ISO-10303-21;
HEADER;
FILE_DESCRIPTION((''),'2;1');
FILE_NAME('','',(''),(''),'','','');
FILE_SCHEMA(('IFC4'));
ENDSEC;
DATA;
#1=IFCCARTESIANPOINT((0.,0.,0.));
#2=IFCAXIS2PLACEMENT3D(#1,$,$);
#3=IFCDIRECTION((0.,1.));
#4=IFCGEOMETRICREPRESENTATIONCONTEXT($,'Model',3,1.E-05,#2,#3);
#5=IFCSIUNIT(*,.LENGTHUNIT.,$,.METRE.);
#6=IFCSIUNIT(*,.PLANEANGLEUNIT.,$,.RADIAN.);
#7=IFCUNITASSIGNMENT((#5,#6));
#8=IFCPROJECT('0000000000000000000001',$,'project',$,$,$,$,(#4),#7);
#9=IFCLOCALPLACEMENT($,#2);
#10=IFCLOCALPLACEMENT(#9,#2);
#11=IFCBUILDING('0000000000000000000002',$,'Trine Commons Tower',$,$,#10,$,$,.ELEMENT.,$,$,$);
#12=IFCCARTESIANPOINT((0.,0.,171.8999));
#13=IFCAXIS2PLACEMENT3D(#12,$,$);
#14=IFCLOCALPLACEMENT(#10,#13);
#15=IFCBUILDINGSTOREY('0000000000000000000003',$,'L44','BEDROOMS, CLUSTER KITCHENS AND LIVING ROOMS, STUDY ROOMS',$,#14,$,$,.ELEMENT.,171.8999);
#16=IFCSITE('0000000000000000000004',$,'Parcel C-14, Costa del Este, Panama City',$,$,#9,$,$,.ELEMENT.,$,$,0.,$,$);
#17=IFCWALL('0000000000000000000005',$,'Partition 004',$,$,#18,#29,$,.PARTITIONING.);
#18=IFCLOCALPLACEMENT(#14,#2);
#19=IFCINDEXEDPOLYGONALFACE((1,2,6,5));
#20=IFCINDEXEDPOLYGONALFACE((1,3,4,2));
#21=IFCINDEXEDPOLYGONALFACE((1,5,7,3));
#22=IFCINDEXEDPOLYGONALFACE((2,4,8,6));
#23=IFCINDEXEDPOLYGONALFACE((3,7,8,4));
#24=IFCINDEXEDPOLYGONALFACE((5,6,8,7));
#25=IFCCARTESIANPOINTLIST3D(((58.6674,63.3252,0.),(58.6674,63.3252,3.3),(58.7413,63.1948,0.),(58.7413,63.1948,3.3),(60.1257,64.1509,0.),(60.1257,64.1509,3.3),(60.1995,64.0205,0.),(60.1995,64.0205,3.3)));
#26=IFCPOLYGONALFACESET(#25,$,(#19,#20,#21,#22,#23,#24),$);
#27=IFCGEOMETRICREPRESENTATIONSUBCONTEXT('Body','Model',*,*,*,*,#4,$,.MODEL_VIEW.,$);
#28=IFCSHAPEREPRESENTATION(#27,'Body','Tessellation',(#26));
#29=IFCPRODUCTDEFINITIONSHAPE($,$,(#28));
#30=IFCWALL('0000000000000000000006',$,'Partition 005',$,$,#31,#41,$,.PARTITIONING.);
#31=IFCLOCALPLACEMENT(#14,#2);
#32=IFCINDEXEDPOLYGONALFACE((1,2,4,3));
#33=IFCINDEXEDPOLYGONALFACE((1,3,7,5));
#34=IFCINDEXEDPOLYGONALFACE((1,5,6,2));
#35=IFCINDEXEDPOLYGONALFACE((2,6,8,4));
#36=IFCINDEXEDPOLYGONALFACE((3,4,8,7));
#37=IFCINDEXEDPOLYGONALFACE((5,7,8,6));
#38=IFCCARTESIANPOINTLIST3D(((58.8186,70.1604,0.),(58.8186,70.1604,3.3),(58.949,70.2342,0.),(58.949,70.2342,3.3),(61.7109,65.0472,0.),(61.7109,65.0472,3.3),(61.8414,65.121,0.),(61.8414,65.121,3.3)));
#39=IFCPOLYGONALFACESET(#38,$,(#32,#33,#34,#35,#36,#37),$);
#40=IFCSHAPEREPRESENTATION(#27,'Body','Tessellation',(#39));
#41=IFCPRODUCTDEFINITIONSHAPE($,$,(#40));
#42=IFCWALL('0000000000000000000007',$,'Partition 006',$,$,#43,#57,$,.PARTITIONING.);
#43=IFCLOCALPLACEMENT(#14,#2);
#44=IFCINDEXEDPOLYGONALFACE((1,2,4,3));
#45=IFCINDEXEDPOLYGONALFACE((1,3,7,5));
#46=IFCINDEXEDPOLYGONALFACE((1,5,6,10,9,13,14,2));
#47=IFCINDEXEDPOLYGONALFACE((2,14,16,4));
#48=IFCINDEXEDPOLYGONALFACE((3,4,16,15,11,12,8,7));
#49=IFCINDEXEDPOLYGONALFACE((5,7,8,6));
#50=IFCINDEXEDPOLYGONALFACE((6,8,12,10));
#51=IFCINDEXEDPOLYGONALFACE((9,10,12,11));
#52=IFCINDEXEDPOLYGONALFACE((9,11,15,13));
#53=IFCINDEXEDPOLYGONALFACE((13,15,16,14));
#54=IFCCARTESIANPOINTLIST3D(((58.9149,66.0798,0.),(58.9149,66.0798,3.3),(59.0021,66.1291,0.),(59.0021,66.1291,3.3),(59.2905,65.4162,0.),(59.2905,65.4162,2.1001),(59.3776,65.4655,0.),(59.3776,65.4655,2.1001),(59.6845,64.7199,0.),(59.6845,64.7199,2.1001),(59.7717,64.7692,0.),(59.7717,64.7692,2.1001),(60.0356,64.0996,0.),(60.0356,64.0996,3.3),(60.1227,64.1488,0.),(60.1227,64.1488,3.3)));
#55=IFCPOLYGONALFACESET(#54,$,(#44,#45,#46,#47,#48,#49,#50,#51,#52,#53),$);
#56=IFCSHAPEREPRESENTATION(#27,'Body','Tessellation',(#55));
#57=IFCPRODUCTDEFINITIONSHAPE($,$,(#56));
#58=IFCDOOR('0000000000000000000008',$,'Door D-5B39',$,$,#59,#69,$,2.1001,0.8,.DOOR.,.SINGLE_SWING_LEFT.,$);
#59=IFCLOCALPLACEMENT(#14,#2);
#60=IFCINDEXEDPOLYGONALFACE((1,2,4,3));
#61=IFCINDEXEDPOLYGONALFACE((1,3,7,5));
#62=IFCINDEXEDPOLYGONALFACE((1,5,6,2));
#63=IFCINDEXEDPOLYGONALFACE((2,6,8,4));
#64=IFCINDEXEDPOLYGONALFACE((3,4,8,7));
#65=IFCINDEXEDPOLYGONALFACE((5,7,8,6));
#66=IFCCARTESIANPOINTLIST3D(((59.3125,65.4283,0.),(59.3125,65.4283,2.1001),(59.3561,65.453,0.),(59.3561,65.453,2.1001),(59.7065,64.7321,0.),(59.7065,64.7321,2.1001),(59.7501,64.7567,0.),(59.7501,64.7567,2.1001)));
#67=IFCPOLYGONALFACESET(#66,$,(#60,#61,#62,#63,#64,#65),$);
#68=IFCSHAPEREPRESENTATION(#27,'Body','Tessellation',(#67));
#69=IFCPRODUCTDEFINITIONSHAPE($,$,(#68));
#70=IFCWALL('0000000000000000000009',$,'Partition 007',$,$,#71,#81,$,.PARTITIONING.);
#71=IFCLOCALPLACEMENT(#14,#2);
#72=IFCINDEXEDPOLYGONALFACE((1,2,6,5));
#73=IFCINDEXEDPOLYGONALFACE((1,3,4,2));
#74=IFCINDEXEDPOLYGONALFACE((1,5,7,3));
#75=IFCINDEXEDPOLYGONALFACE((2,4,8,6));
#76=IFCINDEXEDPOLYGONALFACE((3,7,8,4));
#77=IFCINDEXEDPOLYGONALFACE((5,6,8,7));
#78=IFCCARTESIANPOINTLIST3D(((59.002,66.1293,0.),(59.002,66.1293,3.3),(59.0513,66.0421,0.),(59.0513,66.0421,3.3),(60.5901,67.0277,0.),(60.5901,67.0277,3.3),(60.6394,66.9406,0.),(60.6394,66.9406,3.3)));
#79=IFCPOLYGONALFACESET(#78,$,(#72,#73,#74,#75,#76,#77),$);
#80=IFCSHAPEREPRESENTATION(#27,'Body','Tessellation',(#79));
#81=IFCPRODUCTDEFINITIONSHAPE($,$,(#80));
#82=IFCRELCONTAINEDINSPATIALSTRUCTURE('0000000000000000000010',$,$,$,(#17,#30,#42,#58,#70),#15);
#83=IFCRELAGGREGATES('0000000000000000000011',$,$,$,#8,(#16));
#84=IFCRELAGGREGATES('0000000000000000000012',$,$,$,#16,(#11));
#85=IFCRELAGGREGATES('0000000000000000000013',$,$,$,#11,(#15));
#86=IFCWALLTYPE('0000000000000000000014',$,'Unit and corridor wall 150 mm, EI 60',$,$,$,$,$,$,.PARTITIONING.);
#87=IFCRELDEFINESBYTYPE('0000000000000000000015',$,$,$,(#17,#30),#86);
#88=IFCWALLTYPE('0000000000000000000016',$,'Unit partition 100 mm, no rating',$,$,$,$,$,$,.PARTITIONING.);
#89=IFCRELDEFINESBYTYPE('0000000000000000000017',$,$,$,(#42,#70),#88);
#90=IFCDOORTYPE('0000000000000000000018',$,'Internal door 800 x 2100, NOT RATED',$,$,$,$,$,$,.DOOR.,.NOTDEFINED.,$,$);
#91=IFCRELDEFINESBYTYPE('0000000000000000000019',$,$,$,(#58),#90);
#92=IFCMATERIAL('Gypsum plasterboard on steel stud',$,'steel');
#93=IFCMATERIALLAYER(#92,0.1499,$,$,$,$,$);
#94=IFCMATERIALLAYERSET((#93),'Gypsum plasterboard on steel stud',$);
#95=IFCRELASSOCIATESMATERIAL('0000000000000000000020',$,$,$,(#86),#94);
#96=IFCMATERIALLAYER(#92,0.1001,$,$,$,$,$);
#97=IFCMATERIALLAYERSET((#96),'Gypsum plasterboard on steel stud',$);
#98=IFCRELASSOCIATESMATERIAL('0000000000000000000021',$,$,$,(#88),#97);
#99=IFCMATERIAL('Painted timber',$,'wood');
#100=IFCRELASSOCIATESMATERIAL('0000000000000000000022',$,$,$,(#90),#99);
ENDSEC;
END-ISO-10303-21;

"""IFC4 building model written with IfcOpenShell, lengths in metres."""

from ifc_helpers import new_model, si_unit, direction, frame, frame_2d, origin, place, context, subcontext, project, spatial, rectangle, extrude, material, layer, layer_set, type_object, element, fill, save


model = new_model("IFC4")

# Units and contexts
model_context = context("Model", 3, precision=1e-05, world=origin(), true_north=direction((0.0, 1.0)))
body_context = subcontext(model_context, "Body", "Model", "MODEL_VIEW")
ifc_project = project(units=[si_unit("LENGTHUNIT", "METRE"), si_unit("PLANEANGLEUNIT", "RADIAN")], contexts=[model_context])

# Site, building, storey
site_placement = place(None, origin())
site = spatial("IfcSite", under=ifc_project, at=site_placement, Name="Parcel C-14, Costa del Este, Panama City", CompositionType="ELEMENT", RefElevation=0.0)
building_placement = place(site_placement, origin())
building = spatial("IfcBuilding", under=site, at=building_placement, Name="Trine Commons Tower", CompositionType="ELEMENT")
storey_placement = place(building_placement, frame((0.0, 0.0, 171.8999)))
storey = spatial("IfcBuildingStorey", under=building, at=storey_placement, Name="L44", Description="BEDROOMS, CLUSTER KITCHENS AND LIVING ROOMS, STUDY ROOMS", CompositionType="ELEMENT", Elevation=171.8999)

# Shared definitions
ifc_material_1 = material(Name="Gypsum plasterboard on steel stud", Category="steel")
ifc_layer_1 = layer(ifc_material_1, 0.1499)
ifc_layer_set_1 = layer_set([ifc_layer_1], Name="Gypsum plasterboard on steel stud")
wall_type_1 = type_object("IfcWallType", Name="Unit and corridor wall 150 mm, EI 60", PredefinedType="PARTITIONING", material=ifc_layer_set_1)

# Walls
wall_1_placement = place(storey_placement, frame((58.7043, 63.26, 0.0), z_axis=(0.0, 0.0, 1.0), x_axis=(0.870191, 0.492715, 0.0)))
element("IfcWall", 1, at=wall_1_placement, inside=storey, type_object=wall_type_1, Name="Partition 004", PredefinedType="PARTITIONING", context=body_context, shape_type="SweptSolid", body=[
    extrude(rectangle(XDim=1.6758, YDim=0.1499, at=frame_2d((0.8379, 0.0))), origin(), (0.0, 0.0, 1.0), 3.3),
])
wall_2_placement = place(storey_placement, frame((58.8838, 70.1973, 0.0), z_axis=(0.0, 0.0, 1.0), x_axis=(0.492361, -0.870391, 0.0)))
element("IfcWall", 2, at=wall_2_placement, inside=storey, type_object=wall_type_1, Name="Partition 005", PredefinedType="PARTITIONING", context=body_context, shape_type="SweptSolid", body=[
    extrude(rectangle(XDim=5.8745, YDim=0.1499, at=frame_2d((2.9373, 0.0))), origin(), (0.0, 0.0, 1.0), 3.3),
])

# Wall, opening, door
ifc_layer_2 = layer(ifc_material_1, 0.1001)
ifc_layer_set_2 = layer_set([ifc_layer_2], Name="Gypsum plasterboard on steel stud")
wall_type_2 = type_object("IfcWallType", Name="Unit partition 100 mm, no rating", PredefinedType="PARTITIONING", material=ifc_layer_set_2)
wall_3_placement = place(storey_placement, frame((58.9585, 66.1045, 0.0), z_axis=(0.0, 0.0, 1.0), x_axis=(0.492506, -0.870309, 0.0)))
wall_3 = element("IfcWall", 3, at=wall_3_placement, inside=storey, type_object=wall_type_2, Name="Partition 006", PredefinedType="PARTITIONING", context=body_context, shape_type="SweptSolid", body=[
    extrude(rectangle(XDim=2.2754, YDim=0.1001, at=frame_2d((1.1377, 0.0))), origin(), (0.0, 0.0, 1.0), 3.3),
])
opening_1_placement = place(wall_3_placement, frame((0.7627, 0.0, 0.0)))
opening_1 = element("IfcOpeningElement", 4, at=opening_1_placement, cuts=wall_3, PredefinedType="OPENING", context=body_context, shape_type="SweptSolid", body=[
    extrude(rectangle(XDim=0.8, YDim=2.1001, at=frame_2d((0.3999, 1.05))), frame((0.0, 0.0601, 0.0), z_axis=(0.0, -1.0, 0.0), x_axis=(1.0, 0.0, 0.0)), (0.0, 0.0, 1.0), 0.1201),
])
ifc_material_2 = material(Name="Painted timber", Category="wood")
door_type_1 = type_object("IfcDoorType", Name="Internal door 800 x 2100, NOT RATED", OperationType="NOTDEFINED", PredefinedType="DOOR", material=ifc_material_2)
door_1_placement = place(opening_1_placement, frame((0.8, 0.0, 0.0), z_axis=(0.0, 0.0, 1.0), x_axis=(-1.0, 0.0, 0.0)))
door_1 = element("IfcDoor", 5, at=door_1_placement, inside=storey, type_object=door_type_1, Name="Door D-5B39", OperationType="SINGLE_SWING_LEFT", OverallHeight=2.1001, OverallWidth=0.8, PredefinedType="DOOR", context=body_context, shape_type="SweptSolid", body=[
    extrude(rectangle(XDim=0.8, YDim=2.1001, at=frame_2d((0.3999, 1.05))), frame((0.0, 0.0249, 0.0), z_axis=(0.0, -1.0, 0.0), x_axis=(1.0, 0.0, 0.0)), (0.0, 0.0, 1.0), 0.05),
])
fill(opening_1, door_1)

# Wall
wall_4_placement = place(storey_placement, frame((59.0266, 66.0857, 0.0), z_axis=(0.0, 0.0, 1.0), x_axis=(0.870376, 0.492388, 0.0)))
element("IfcWall", 6, at=wall_4_placement, inside=storey, type_object=wall_type_2, Name="Partition 007", PredefinedType="PARTITIONING", context=body_context, shape_type="SweptSolid", body=[
    extrude(rectangle(XDim=1.8247, YDim=0.1001, at=frame_2d((0.9124, 0.0))), origin(), (0.0, 0.0, 1.0), 3.3),
])

save(model, "model.ifc")
